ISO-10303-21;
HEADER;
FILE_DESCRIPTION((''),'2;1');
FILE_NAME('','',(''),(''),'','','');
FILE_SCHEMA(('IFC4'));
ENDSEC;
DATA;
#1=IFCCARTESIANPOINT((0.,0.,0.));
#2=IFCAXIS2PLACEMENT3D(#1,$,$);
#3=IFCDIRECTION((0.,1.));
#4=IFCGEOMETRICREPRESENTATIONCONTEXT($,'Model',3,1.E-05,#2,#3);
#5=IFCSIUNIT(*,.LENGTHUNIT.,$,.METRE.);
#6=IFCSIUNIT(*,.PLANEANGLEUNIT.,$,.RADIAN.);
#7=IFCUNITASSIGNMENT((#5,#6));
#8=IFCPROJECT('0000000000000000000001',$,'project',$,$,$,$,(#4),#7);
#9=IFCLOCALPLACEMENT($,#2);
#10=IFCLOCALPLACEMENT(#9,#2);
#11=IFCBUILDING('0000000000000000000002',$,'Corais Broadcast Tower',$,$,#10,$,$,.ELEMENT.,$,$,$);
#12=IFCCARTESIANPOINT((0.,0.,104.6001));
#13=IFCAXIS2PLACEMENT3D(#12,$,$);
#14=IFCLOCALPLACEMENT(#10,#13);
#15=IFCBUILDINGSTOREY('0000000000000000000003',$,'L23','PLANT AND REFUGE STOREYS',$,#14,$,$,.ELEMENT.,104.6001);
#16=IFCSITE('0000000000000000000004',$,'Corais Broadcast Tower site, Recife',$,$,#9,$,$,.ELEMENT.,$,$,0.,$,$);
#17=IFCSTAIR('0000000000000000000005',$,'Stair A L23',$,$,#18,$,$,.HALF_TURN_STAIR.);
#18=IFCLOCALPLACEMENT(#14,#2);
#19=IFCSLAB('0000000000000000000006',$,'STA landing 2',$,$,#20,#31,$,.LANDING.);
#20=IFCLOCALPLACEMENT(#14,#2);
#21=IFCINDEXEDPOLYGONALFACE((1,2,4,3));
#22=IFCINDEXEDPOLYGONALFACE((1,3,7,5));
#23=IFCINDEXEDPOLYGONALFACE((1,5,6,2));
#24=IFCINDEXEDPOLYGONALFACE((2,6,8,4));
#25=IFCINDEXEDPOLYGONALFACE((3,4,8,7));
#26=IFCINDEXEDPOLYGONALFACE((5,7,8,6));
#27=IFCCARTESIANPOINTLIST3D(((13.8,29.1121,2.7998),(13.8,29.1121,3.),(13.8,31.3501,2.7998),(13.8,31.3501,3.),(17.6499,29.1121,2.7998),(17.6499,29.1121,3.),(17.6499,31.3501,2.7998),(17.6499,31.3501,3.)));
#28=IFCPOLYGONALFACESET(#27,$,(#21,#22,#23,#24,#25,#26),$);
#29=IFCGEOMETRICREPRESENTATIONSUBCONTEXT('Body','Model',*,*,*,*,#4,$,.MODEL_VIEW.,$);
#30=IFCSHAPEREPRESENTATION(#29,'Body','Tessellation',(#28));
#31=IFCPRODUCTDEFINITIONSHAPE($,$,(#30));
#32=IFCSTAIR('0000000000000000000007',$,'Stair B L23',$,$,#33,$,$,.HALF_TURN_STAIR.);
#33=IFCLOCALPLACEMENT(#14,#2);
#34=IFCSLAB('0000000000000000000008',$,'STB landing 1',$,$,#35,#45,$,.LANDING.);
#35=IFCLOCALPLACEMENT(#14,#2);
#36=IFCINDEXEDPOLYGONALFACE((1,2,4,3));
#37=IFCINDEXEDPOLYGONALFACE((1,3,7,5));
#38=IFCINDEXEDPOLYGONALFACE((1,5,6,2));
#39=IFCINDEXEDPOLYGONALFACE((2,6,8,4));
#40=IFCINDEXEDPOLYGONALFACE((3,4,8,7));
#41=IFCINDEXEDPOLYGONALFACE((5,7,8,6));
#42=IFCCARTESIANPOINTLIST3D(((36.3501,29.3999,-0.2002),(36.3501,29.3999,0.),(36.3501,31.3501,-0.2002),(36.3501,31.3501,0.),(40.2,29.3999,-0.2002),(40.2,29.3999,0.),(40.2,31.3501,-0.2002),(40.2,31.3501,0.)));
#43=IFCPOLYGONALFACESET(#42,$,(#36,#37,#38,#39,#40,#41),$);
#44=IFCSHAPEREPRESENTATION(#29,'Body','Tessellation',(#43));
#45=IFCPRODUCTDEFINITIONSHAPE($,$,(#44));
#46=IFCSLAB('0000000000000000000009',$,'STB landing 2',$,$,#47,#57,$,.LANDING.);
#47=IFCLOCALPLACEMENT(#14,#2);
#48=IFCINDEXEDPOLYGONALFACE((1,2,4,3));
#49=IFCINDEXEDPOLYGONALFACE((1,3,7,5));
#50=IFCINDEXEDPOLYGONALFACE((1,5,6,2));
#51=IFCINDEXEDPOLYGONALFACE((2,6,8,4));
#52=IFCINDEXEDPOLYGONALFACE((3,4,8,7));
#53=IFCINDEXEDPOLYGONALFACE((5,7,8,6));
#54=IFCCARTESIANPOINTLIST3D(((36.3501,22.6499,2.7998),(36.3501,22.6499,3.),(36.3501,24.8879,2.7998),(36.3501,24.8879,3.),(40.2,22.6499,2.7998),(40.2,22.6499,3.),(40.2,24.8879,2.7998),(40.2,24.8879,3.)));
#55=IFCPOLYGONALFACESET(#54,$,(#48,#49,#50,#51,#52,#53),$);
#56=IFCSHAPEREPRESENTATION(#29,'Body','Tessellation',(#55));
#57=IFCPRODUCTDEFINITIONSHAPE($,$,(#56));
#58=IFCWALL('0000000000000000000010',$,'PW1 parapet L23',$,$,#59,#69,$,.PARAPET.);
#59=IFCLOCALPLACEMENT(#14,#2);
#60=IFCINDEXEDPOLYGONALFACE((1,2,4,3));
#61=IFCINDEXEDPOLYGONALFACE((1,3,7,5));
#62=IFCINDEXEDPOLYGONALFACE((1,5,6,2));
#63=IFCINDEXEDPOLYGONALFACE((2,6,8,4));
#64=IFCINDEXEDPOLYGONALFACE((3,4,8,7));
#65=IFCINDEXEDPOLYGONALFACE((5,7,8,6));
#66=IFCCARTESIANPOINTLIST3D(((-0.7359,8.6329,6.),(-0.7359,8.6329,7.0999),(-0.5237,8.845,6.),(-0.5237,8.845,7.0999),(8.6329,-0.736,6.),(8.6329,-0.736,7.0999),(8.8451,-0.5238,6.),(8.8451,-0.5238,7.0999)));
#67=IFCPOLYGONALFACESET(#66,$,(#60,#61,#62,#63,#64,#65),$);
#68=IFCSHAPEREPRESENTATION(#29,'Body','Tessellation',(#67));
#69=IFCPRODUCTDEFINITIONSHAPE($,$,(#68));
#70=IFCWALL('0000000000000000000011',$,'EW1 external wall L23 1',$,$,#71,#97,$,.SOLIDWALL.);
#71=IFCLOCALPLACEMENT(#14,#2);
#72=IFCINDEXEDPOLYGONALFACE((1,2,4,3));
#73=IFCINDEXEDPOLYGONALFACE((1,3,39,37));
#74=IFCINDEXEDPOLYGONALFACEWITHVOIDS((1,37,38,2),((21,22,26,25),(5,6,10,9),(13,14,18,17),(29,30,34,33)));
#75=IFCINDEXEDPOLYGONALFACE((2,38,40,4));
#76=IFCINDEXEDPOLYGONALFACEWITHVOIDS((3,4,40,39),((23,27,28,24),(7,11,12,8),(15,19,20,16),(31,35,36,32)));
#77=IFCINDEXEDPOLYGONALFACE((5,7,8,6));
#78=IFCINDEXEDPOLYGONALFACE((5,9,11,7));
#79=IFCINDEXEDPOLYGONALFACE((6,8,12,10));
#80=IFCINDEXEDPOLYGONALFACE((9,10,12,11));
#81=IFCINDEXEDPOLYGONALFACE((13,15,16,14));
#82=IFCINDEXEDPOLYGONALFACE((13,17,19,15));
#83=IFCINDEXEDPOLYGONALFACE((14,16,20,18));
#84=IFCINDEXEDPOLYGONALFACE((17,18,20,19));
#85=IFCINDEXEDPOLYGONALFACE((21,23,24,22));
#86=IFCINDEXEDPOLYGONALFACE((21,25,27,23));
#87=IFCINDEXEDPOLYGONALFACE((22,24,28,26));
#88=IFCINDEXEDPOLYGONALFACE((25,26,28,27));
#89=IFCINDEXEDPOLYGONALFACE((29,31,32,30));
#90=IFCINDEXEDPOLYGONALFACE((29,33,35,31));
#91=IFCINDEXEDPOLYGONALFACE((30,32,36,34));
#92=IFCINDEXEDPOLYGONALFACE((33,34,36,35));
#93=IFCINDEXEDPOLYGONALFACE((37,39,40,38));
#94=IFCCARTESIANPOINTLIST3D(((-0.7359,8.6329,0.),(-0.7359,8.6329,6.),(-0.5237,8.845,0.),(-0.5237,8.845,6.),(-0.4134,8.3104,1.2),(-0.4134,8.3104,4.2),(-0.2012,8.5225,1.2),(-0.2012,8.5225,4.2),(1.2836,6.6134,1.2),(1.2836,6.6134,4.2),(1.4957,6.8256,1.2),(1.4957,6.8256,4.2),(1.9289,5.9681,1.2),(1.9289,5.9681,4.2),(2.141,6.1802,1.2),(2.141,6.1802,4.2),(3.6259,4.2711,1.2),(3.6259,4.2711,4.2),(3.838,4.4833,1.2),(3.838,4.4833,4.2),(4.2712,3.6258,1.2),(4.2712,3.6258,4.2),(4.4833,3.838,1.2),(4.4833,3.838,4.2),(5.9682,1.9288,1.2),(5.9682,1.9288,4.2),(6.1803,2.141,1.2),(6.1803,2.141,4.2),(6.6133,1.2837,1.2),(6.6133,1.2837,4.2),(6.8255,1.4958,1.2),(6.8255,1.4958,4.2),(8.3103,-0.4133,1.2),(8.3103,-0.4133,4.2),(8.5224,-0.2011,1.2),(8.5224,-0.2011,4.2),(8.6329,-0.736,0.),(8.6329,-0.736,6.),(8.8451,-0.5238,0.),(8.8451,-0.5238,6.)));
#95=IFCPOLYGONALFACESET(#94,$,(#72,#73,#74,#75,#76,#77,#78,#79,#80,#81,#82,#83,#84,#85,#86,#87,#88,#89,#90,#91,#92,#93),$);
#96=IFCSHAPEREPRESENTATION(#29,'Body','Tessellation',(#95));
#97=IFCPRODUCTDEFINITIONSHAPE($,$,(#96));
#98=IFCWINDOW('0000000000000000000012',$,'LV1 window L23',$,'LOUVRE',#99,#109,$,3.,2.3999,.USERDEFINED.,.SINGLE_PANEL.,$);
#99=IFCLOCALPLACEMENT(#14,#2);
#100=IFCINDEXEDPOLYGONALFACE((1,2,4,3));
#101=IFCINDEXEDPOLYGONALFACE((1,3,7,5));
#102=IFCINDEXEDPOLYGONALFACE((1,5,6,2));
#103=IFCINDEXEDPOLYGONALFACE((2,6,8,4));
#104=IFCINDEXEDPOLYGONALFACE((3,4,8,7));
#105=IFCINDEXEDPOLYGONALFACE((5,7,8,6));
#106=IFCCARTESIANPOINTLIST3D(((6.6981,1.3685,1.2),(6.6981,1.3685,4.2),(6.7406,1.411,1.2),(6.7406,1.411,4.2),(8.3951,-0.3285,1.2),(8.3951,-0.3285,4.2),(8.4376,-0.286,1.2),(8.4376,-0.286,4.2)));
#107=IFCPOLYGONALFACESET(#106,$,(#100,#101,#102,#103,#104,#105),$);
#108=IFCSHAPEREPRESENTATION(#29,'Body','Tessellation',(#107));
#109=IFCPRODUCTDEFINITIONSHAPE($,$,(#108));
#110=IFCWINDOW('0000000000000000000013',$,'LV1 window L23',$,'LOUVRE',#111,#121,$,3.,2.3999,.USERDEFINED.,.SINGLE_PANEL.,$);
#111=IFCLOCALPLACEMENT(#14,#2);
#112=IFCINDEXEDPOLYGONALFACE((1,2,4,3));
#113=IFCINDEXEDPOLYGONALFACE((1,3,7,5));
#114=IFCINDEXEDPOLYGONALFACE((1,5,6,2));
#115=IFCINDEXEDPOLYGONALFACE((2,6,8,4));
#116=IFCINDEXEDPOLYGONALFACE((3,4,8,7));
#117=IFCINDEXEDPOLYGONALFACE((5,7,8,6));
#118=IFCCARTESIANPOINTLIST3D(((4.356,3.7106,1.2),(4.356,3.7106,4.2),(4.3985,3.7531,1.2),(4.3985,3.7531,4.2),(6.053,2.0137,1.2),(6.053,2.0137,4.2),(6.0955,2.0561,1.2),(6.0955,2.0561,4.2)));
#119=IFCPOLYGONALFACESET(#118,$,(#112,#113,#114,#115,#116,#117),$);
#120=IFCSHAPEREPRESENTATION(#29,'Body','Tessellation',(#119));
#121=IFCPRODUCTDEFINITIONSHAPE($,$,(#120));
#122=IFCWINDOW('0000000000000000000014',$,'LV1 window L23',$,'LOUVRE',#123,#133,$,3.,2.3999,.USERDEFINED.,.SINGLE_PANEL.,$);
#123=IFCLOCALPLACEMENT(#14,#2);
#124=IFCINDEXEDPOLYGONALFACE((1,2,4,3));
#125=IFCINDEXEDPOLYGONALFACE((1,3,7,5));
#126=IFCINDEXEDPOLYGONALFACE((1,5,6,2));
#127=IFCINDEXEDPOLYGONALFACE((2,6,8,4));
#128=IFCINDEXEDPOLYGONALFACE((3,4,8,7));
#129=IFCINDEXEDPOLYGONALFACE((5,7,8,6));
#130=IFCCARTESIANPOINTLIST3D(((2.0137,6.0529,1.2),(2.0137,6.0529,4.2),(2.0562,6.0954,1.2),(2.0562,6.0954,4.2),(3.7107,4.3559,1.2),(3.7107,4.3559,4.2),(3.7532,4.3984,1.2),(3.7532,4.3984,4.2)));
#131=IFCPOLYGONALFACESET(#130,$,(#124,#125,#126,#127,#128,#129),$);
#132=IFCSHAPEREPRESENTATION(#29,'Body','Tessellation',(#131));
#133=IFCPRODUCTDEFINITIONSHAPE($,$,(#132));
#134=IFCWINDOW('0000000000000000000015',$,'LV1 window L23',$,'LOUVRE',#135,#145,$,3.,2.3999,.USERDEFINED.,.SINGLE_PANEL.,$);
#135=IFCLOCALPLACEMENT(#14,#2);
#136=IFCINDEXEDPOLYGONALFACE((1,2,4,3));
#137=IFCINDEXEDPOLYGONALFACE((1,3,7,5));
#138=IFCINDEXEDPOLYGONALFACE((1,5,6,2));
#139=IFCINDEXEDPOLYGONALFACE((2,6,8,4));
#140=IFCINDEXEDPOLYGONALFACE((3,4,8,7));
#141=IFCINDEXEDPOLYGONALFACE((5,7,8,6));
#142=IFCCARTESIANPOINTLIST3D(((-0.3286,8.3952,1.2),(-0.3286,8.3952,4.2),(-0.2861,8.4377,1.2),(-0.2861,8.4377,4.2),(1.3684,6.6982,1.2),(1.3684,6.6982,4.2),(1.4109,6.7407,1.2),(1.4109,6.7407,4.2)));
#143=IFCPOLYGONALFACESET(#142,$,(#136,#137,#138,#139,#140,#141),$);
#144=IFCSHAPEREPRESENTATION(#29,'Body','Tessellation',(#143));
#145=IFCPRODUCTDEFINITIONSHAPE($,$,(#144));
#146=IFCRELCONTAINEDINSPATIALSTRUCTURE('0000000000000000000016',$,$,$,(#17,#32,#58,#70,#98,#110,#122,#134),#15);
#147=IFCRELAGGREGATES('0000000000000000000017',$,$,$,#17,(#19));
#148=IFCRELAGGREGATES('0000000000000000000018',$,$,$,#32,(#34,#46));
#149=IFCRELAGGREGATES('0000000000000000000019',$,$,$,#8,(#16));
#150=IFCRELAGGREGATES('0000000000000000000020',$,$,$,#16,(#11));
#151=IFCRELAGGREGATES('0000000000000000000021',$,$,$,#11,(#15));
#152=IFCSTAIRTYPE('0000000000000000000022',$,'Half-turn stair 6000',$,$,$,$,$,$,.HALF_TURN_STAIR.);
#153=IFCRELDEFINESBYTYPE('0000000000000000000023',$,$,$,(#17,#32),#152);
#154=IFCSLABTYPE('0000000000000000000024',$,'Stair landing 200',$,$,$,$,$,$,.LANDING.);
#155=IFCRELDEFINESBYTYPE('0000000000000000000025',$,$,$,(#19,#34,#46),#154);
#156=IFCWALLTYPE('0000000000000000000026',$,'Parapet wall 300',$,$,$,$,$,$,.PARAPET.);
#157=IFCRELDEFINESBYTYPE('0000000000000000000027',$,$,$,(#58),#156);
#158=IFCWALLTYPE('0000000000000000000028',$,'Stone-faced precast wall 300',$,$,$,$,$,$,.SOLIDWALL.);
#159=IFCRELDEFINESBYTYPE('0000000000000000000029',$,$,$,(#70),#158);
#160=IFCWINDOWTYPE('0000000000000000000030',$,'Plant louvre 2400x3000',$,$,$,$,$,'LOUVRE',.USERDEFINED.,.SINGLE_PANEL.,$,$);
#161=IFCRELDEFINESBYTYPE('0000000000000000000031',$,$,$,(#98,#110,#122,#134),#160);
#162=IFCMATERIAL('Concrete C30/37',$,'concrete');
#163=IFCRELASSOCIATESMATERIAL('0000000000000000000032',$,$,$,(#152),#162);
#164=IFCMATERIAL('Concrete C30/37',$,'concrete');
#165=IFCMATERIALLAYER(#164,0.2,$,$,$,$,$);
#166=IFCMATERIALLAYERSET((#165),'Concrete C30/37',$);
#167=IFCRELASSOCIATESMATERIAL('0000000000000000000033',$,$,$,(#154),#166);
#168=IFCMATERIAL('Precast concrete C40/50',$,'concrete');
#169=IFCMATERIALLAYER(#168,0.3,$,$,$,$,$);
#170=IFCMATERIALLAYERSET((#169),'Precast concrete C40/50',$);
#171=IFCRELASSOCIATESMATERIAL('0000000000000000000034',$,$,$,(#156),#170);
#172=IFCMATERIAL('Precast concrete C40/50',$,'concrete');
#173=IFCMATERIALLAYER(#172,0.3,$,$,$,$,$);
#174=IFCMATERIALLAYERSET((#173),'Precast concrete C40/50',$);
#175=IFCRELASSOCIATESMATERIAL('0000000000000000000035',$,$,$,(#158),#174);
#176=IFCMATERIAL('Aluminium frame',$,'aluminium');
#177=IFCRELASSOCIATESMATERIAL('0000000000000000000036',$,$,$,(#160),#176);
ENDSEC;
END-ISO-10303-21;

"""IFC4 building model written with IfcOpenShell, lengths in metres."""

from ifc_helpers import new_model, si_unit, direction, frame, frame_2d, origin, place, context, subcontext, project, spatial, polyline, rectangle, outline, extrude, material, layer, layer_set, type_object, element, fill, aggregate, save


model = new_model("IFC4")

# Units and contexts
model_context = context("Model", 3, precision=1e-05, world=origin(), true_north=direction((0.0, 1.0)))
body_context = subcontext(model_context, "Body", "Model", "MODEL_VIEW")
ifc_project = project(units=[si_unit("LENGTHUNIT", "METRE"), si_unit("PLANEANGLEUNIT", "RADIAN")], contexts=[model_context])

# Site, building, storey
site_placement = place(None, origin())
site = spatial("IfcSite", under=ifc_project, at=site_placement, Name="Corais Broadcast Tower site, Recife", CompositionType="ELEMENT", RefElevation=0.0)
building_placement = place(site_placement, origin())
building = spatial("IfcBuilding", under=site, at=building_placement, Name="Corais Broadcast Tower", CompositionType="ELEMENT")
storey_placement = place(building_placement, frame((0.0, 0.0, 104.6001)))
storey = spatial("IfcBuildingStorey", under=building, at=storey_placement, Name="L23", Description="PLANT AND REFUGE STOREYS", CompositionType="ELEMENT", Elevation=104.6001)

# Stairs, slabs
ifc_material_1 = material(Name="Concrete C30/37", Category="concrete")
stair_type = type_object("IfcStairType", Name="Half-turn stair 6000", PredefinedType="HALF_TURN_STAIR", material=ifc_material_1)
stair_1_placement = place(storey_placement, origin())
stair_1 = element("IfcStair", 1, at=stair_1_placement, inside=storey, type_object=stair_type, Name="Stair A L23", PredefinedType="HALF_TURN_STAIR")
ifc_material_2 = material(Name="Concrete C30/37", Category="concrete")
ifc_layer_1 = layer(ifc_material_2, 0.2)
ifc_layer_set_1 = layer_set([ifc_layer_1], Name="Concrete C30/37")
slab_type_1 = type_object("IfcSlabType", Name="Stair landing 200", PredefinedType="LANDING", material=ifc_layer_set_1)
slab_1_placement = place(storey_placement, frame((0.0, 0.0, 2.7998)))
slab_1 = element("IfcSlab", 2, at=slab_1_placement, type_object=slab_type_1, Name="STA landing 2", PredefinedType="LANDING", context=body_context, shape_type="SweptSolid", body=[
    extrude(outline(polyline([(13.8, 29.1121), (17.6499, 29.1121), (17.6499, 31.3501), (13.8, 31.3501), (13.8, 29.1121)])), origin(), (0.0, 0.0, 1.0), 0.2002),
])
aggregate(stair_1, [slab_1])
stair_2_placement = place(storey_placement, origin())
stair_2 = element("IfcStair", 3, at=stair_2_placement, inside=storey, type_object=stair_type, Name="Stair B L23", PredefinedType="HALF_TURN_STAIR")
slab_2_placement = place(storey_placement, frame((0.0, 0.0, -0.2002)))
slab_2 = element("IfcSlab", 4, at=slab_2_placement, type_object=slab_type_1, Name="STB landing 1", PredefinedType="LANDING", context=body_context, shape_type="SweptSolid", body=[
    extrude(outline(polyline([(36.3501, 29.3999), (40.2, 29.3999), (40.2, 31.3501), (36.3501, 31.3501), (36.3501, 29.3999)])), origin(), (0.0, 0.0, 1.0), 0.2002),
])
slab_3_placement = place(storey_placement, frame((0.0, 0.0, 2.7998)))
slab_3 = element("IfcSlab", 5, at=slab_3_placement, type_object=slab_type_1, Name="STB landing 2", PredefinedType="LANDING", context=body_context, shape_type="SweptSolid", body=[
    extrude(outline(polyline([(36.3501, 22.6499), (40.2, 22.6499), (40.2, 24.8879), (36.3501, 24.8879), (36.3501, 22.6499)])), origin(), (0.0, 0.0, 1.0), 0.2002),
])
aggregate(stair_2, [slab_2, slab_3])

# Wall
ifc_material_3 = material(Name="Precast concrete C40/50", Category="concrete")
ifc_layer_2 = layer(ifc_material_3, 0.3)
ifc_layer_set_2 = layer_set([ifc_layer_2], Name="Precast concrete C40/50")
wall_type_1 = type_object("IfcWallType", Name="Parapet wall 300", PredefinedType="PARAPET", material=ifc_layer_set_2)
wall_1_placement = place(storey_placement, frame((8.739, -0.6299, 6.0), z_axis=(0.0, 0.0, 1.0), x_axis=(-0.707107, 0.707107, 0.0)))
element("IfcWall", 6, at=wall_1_placement, inside=storey, type_object=wall_type_1, Name="PW1 parapet L23", PredefinedType="PARAPET", context=body_context, shape_type="SweptSolid", body=[
    extrude(rectangle(XDim=13.2495, YDim=0.3, at=frame_2d((6.6248, 0.0))), origin(), (0.0, 0.0, 1.0), 1.0999),
])

# Wall, openings, windows
ifc_material_4 = material(Name="Precast concrete C40/50", Category="concrete")
ifc_layer_3 = layer(ifc_material_4, 0.3)
ifc_layer_set_3 = layer_set([ifc_layer_3], Name="Precast concrete C40/50")
wall_type_2 = type_object("IfcWallType", Name="Stone-faced precast wall 300", PredefinedType="SOLIDWALL", material=ifc_layer_set_3)
wall_2_placement = place(storey_placement, frame((8.739, -0.6299, 0.0), z_axis=(0.0, 0.0, 1.0), x_axis=(-0.707107, 0.707107, 0.0)))
wall_2 = element("IfcWall", 7, at=wall_2_placement, inside=storey, type_object=wall_type_2, Name="EW1 external wall L23 1", PredefinedType="SOLIDWALL", context=body_context, shape_type="SweptSolid", body=[
    extrude(rectangle(XDim=13.2495, YDim=0.3, at=frame_2d((6.6248, 0.0))), origin(), (0.0, 0.0, 1.0), 6.0),
])
opening_1_placement = place(wall_2_placement, frame((0.4563, 0.0, 1.2)))
opening_1 = element("IfcOpeningElement", 8, at=opening_1_placement, cuts=wall_2, PredefinedType="OPENING", context=body_context, shape_type="SweptSolid", body=[
    extrude(rectangle(XDim=2.3999, YDim=3.0, at=frame_2d((1.2, 1.5))), frame((0.0, 0.1599, 0.0), z_axis=(0.0, -1.0, 0.0), x_axis=(1.0, 0.0, 0.0)), (0.0, 0.0, 1.0), 0.3201),
])
opening_2_placement = place(wall_2_placement, frame((3.7686, 0.0, 1.2)))
opening_2 = element("IfcOpeningElement", 9, at=opening_2_placement, cuts=wall_2, PredefinedType="OPENING", context=body_context, shape_type="SweptSolid", body=[
    extrude(rectangle(XDim=2.3999, YDim=3.0, at=frame_2d((1.2, 1.5))), frame((0.0, 0.1599, 0.0), z_axis=(0.0, -1.0, 0.0), x_axis=(1.0, 0.0, 0.0)), (0.0, 0.0, 1.0), 0.3201),
])
opening_3_placement = place(wall_2_placement, frame((7.0811, 0.0, 1.2)))
opening_3 = element("IfcOpeningElement", 10, at=opening_3_placement, cuts=wall_2, PredefinedType="OPENING", context=body_context, shape_type="SweptSolid", body=[
    extrude(rectangle(XDim=2.3999, YDim=3.0, at=frame_2d((1.2, 1.5))), frame((0.0, 0.1599, 0.0), z_axis=(0.0, -1.0, 0.0), x_axis=(1.0, 0.0, 0.0)), (0.0, 0.0, 1.0), 0.3201),
])
opening_4_placement = place(wall_2_placement, frame((10.3936, 0.0, 1.2)))
opening_4 = element("IfcOpeningElement", 11, at=opening_4_placement, cuts=wall_2, PredefinedType="OPENING", context=body_context, shape_type="SweptSolid", body=[
    extrude(rectangle(XDim=2.3999, YDim=3.0, at=frame_2d((1.2, 1.5))), frame((0.0, 0.1599, 0.0), z_axis=(0.0, -1.0, 0.0), x_axis=(1.0, 0.0, 0.0)), (0.0, 0.0, 1.0), 0.3201),
])
ifc_material_5 = material(Name="Aluminium frame", Category="aluminium")
window_type = type_object("IfcWindowType", Name="Plant louvre 2400x3000", ElementType="LOUVRE", PartitioningType="SINGLE_PANEL", PredefinedType="USERDEFINED", material=ifc_material_5)
window_1_placement = place(opening_1_placement, origin())
window_1 = element("IfcWindow", 12, at=window_1_placement, inside=storey, type_object=window_type, Name="LV1 window L23", ObjectType="LOUVRE", OverallHeight=3.0, OverallWidth=2.3999, PartitioningType="SINGLE_PANEL", PredefinedType="USERDEFINED", context=body_context, shape_type="SweptSolid", body=[
    extrude(rectangle(XDim=2.3999, YDim=3.0, at=frame_2d((1.2, 1.5))), frame((0.0, 0.03, 0.0), z_axis=(0.0, -1.0, 0.0), x_axis=(1.0, 0.0, 0.0)), (0.0, 0.0, 1.0), 0.0601),
])
fill(opening_1, window_1)
window_2_placement = place(opening_2_placement, origin())
window_2 = element("IfcWindow", 13, at=window_2_placement, inside=storey, type_object=window_type, Name="LV1 window L23", ObjectType="LOUVRE", OverallHeight=3.0, OverallWidth=2.3999, PartitioningType="SINGLE_PANEL", PredefinedType="USERDEFINED", context=body_context, shape_type="SweptSolid", body=[
    extrude(rectangle(XDim=2.3999, YDim=3.0, at=frame_2d((1.2, 1.5))), frame((0.0, 0.03, 0.0), z_axis=(0.0, -1.0, 0.0), x_axis=(1.0, 0.0, 0.0)), (0.0, 0.0, 1.0), 0.0601),
])
fill(opening_2, window_2)
window_3_placement = place(opening_3_placement, origin())
window_3 = element("IfcWindow", 14, at=window_3_placement, inside=storey, type_object=window_type, Name="LV1 window L23", ObjectType="LOUVRE", OverallHeight=3.0, OverallWidth=2.3999, PartitioningType="SINGLE_PANEL", PredefinedType="USERDEFINED", context=body_context, shape_type="SweptSolid", body=[
    extrude(rectangle(XDim=2.3999, YDim=3.0, at=frame_2d((1.2, 1.5))), frame((0.0, 0.03, 0.0), z_axis=(0.0, -1.0, 0.0), x_axis=(1.0, 0.0, 0.0)), (0.0, 0.0, 1.0), 0.0601),
])
fill(opening_3, window_3)
window_4_placement = place(opening_4_placement, origin())
window_4 = element("IfcWindow", 15, at=window_4_placement, inside=storey, type_object=window_type, Name="LV1 window L23", ObjectType="LOUVRE", OverallHeight=3.0, OverallWidth=2.3999, PartitioningType="SINGLE_PANEL", PredefinedType="USERDEFINED", context=body_context, shape_type="SweptSolid", body=[
    extrude(rectangle(XDim=2.3999, YDim=3.0, at=frame_2d((1.2, 1.5))), frame((0.0, 0.03, 0.0), z_axis=(0.0, -1.0, 0.0), x_axis=(1.0, 0.0, 0.0)), (0.0, 0.0, 1.0), 0.0601),
])
fill(opening_4, window_4)

save(model, "model.ifc")
